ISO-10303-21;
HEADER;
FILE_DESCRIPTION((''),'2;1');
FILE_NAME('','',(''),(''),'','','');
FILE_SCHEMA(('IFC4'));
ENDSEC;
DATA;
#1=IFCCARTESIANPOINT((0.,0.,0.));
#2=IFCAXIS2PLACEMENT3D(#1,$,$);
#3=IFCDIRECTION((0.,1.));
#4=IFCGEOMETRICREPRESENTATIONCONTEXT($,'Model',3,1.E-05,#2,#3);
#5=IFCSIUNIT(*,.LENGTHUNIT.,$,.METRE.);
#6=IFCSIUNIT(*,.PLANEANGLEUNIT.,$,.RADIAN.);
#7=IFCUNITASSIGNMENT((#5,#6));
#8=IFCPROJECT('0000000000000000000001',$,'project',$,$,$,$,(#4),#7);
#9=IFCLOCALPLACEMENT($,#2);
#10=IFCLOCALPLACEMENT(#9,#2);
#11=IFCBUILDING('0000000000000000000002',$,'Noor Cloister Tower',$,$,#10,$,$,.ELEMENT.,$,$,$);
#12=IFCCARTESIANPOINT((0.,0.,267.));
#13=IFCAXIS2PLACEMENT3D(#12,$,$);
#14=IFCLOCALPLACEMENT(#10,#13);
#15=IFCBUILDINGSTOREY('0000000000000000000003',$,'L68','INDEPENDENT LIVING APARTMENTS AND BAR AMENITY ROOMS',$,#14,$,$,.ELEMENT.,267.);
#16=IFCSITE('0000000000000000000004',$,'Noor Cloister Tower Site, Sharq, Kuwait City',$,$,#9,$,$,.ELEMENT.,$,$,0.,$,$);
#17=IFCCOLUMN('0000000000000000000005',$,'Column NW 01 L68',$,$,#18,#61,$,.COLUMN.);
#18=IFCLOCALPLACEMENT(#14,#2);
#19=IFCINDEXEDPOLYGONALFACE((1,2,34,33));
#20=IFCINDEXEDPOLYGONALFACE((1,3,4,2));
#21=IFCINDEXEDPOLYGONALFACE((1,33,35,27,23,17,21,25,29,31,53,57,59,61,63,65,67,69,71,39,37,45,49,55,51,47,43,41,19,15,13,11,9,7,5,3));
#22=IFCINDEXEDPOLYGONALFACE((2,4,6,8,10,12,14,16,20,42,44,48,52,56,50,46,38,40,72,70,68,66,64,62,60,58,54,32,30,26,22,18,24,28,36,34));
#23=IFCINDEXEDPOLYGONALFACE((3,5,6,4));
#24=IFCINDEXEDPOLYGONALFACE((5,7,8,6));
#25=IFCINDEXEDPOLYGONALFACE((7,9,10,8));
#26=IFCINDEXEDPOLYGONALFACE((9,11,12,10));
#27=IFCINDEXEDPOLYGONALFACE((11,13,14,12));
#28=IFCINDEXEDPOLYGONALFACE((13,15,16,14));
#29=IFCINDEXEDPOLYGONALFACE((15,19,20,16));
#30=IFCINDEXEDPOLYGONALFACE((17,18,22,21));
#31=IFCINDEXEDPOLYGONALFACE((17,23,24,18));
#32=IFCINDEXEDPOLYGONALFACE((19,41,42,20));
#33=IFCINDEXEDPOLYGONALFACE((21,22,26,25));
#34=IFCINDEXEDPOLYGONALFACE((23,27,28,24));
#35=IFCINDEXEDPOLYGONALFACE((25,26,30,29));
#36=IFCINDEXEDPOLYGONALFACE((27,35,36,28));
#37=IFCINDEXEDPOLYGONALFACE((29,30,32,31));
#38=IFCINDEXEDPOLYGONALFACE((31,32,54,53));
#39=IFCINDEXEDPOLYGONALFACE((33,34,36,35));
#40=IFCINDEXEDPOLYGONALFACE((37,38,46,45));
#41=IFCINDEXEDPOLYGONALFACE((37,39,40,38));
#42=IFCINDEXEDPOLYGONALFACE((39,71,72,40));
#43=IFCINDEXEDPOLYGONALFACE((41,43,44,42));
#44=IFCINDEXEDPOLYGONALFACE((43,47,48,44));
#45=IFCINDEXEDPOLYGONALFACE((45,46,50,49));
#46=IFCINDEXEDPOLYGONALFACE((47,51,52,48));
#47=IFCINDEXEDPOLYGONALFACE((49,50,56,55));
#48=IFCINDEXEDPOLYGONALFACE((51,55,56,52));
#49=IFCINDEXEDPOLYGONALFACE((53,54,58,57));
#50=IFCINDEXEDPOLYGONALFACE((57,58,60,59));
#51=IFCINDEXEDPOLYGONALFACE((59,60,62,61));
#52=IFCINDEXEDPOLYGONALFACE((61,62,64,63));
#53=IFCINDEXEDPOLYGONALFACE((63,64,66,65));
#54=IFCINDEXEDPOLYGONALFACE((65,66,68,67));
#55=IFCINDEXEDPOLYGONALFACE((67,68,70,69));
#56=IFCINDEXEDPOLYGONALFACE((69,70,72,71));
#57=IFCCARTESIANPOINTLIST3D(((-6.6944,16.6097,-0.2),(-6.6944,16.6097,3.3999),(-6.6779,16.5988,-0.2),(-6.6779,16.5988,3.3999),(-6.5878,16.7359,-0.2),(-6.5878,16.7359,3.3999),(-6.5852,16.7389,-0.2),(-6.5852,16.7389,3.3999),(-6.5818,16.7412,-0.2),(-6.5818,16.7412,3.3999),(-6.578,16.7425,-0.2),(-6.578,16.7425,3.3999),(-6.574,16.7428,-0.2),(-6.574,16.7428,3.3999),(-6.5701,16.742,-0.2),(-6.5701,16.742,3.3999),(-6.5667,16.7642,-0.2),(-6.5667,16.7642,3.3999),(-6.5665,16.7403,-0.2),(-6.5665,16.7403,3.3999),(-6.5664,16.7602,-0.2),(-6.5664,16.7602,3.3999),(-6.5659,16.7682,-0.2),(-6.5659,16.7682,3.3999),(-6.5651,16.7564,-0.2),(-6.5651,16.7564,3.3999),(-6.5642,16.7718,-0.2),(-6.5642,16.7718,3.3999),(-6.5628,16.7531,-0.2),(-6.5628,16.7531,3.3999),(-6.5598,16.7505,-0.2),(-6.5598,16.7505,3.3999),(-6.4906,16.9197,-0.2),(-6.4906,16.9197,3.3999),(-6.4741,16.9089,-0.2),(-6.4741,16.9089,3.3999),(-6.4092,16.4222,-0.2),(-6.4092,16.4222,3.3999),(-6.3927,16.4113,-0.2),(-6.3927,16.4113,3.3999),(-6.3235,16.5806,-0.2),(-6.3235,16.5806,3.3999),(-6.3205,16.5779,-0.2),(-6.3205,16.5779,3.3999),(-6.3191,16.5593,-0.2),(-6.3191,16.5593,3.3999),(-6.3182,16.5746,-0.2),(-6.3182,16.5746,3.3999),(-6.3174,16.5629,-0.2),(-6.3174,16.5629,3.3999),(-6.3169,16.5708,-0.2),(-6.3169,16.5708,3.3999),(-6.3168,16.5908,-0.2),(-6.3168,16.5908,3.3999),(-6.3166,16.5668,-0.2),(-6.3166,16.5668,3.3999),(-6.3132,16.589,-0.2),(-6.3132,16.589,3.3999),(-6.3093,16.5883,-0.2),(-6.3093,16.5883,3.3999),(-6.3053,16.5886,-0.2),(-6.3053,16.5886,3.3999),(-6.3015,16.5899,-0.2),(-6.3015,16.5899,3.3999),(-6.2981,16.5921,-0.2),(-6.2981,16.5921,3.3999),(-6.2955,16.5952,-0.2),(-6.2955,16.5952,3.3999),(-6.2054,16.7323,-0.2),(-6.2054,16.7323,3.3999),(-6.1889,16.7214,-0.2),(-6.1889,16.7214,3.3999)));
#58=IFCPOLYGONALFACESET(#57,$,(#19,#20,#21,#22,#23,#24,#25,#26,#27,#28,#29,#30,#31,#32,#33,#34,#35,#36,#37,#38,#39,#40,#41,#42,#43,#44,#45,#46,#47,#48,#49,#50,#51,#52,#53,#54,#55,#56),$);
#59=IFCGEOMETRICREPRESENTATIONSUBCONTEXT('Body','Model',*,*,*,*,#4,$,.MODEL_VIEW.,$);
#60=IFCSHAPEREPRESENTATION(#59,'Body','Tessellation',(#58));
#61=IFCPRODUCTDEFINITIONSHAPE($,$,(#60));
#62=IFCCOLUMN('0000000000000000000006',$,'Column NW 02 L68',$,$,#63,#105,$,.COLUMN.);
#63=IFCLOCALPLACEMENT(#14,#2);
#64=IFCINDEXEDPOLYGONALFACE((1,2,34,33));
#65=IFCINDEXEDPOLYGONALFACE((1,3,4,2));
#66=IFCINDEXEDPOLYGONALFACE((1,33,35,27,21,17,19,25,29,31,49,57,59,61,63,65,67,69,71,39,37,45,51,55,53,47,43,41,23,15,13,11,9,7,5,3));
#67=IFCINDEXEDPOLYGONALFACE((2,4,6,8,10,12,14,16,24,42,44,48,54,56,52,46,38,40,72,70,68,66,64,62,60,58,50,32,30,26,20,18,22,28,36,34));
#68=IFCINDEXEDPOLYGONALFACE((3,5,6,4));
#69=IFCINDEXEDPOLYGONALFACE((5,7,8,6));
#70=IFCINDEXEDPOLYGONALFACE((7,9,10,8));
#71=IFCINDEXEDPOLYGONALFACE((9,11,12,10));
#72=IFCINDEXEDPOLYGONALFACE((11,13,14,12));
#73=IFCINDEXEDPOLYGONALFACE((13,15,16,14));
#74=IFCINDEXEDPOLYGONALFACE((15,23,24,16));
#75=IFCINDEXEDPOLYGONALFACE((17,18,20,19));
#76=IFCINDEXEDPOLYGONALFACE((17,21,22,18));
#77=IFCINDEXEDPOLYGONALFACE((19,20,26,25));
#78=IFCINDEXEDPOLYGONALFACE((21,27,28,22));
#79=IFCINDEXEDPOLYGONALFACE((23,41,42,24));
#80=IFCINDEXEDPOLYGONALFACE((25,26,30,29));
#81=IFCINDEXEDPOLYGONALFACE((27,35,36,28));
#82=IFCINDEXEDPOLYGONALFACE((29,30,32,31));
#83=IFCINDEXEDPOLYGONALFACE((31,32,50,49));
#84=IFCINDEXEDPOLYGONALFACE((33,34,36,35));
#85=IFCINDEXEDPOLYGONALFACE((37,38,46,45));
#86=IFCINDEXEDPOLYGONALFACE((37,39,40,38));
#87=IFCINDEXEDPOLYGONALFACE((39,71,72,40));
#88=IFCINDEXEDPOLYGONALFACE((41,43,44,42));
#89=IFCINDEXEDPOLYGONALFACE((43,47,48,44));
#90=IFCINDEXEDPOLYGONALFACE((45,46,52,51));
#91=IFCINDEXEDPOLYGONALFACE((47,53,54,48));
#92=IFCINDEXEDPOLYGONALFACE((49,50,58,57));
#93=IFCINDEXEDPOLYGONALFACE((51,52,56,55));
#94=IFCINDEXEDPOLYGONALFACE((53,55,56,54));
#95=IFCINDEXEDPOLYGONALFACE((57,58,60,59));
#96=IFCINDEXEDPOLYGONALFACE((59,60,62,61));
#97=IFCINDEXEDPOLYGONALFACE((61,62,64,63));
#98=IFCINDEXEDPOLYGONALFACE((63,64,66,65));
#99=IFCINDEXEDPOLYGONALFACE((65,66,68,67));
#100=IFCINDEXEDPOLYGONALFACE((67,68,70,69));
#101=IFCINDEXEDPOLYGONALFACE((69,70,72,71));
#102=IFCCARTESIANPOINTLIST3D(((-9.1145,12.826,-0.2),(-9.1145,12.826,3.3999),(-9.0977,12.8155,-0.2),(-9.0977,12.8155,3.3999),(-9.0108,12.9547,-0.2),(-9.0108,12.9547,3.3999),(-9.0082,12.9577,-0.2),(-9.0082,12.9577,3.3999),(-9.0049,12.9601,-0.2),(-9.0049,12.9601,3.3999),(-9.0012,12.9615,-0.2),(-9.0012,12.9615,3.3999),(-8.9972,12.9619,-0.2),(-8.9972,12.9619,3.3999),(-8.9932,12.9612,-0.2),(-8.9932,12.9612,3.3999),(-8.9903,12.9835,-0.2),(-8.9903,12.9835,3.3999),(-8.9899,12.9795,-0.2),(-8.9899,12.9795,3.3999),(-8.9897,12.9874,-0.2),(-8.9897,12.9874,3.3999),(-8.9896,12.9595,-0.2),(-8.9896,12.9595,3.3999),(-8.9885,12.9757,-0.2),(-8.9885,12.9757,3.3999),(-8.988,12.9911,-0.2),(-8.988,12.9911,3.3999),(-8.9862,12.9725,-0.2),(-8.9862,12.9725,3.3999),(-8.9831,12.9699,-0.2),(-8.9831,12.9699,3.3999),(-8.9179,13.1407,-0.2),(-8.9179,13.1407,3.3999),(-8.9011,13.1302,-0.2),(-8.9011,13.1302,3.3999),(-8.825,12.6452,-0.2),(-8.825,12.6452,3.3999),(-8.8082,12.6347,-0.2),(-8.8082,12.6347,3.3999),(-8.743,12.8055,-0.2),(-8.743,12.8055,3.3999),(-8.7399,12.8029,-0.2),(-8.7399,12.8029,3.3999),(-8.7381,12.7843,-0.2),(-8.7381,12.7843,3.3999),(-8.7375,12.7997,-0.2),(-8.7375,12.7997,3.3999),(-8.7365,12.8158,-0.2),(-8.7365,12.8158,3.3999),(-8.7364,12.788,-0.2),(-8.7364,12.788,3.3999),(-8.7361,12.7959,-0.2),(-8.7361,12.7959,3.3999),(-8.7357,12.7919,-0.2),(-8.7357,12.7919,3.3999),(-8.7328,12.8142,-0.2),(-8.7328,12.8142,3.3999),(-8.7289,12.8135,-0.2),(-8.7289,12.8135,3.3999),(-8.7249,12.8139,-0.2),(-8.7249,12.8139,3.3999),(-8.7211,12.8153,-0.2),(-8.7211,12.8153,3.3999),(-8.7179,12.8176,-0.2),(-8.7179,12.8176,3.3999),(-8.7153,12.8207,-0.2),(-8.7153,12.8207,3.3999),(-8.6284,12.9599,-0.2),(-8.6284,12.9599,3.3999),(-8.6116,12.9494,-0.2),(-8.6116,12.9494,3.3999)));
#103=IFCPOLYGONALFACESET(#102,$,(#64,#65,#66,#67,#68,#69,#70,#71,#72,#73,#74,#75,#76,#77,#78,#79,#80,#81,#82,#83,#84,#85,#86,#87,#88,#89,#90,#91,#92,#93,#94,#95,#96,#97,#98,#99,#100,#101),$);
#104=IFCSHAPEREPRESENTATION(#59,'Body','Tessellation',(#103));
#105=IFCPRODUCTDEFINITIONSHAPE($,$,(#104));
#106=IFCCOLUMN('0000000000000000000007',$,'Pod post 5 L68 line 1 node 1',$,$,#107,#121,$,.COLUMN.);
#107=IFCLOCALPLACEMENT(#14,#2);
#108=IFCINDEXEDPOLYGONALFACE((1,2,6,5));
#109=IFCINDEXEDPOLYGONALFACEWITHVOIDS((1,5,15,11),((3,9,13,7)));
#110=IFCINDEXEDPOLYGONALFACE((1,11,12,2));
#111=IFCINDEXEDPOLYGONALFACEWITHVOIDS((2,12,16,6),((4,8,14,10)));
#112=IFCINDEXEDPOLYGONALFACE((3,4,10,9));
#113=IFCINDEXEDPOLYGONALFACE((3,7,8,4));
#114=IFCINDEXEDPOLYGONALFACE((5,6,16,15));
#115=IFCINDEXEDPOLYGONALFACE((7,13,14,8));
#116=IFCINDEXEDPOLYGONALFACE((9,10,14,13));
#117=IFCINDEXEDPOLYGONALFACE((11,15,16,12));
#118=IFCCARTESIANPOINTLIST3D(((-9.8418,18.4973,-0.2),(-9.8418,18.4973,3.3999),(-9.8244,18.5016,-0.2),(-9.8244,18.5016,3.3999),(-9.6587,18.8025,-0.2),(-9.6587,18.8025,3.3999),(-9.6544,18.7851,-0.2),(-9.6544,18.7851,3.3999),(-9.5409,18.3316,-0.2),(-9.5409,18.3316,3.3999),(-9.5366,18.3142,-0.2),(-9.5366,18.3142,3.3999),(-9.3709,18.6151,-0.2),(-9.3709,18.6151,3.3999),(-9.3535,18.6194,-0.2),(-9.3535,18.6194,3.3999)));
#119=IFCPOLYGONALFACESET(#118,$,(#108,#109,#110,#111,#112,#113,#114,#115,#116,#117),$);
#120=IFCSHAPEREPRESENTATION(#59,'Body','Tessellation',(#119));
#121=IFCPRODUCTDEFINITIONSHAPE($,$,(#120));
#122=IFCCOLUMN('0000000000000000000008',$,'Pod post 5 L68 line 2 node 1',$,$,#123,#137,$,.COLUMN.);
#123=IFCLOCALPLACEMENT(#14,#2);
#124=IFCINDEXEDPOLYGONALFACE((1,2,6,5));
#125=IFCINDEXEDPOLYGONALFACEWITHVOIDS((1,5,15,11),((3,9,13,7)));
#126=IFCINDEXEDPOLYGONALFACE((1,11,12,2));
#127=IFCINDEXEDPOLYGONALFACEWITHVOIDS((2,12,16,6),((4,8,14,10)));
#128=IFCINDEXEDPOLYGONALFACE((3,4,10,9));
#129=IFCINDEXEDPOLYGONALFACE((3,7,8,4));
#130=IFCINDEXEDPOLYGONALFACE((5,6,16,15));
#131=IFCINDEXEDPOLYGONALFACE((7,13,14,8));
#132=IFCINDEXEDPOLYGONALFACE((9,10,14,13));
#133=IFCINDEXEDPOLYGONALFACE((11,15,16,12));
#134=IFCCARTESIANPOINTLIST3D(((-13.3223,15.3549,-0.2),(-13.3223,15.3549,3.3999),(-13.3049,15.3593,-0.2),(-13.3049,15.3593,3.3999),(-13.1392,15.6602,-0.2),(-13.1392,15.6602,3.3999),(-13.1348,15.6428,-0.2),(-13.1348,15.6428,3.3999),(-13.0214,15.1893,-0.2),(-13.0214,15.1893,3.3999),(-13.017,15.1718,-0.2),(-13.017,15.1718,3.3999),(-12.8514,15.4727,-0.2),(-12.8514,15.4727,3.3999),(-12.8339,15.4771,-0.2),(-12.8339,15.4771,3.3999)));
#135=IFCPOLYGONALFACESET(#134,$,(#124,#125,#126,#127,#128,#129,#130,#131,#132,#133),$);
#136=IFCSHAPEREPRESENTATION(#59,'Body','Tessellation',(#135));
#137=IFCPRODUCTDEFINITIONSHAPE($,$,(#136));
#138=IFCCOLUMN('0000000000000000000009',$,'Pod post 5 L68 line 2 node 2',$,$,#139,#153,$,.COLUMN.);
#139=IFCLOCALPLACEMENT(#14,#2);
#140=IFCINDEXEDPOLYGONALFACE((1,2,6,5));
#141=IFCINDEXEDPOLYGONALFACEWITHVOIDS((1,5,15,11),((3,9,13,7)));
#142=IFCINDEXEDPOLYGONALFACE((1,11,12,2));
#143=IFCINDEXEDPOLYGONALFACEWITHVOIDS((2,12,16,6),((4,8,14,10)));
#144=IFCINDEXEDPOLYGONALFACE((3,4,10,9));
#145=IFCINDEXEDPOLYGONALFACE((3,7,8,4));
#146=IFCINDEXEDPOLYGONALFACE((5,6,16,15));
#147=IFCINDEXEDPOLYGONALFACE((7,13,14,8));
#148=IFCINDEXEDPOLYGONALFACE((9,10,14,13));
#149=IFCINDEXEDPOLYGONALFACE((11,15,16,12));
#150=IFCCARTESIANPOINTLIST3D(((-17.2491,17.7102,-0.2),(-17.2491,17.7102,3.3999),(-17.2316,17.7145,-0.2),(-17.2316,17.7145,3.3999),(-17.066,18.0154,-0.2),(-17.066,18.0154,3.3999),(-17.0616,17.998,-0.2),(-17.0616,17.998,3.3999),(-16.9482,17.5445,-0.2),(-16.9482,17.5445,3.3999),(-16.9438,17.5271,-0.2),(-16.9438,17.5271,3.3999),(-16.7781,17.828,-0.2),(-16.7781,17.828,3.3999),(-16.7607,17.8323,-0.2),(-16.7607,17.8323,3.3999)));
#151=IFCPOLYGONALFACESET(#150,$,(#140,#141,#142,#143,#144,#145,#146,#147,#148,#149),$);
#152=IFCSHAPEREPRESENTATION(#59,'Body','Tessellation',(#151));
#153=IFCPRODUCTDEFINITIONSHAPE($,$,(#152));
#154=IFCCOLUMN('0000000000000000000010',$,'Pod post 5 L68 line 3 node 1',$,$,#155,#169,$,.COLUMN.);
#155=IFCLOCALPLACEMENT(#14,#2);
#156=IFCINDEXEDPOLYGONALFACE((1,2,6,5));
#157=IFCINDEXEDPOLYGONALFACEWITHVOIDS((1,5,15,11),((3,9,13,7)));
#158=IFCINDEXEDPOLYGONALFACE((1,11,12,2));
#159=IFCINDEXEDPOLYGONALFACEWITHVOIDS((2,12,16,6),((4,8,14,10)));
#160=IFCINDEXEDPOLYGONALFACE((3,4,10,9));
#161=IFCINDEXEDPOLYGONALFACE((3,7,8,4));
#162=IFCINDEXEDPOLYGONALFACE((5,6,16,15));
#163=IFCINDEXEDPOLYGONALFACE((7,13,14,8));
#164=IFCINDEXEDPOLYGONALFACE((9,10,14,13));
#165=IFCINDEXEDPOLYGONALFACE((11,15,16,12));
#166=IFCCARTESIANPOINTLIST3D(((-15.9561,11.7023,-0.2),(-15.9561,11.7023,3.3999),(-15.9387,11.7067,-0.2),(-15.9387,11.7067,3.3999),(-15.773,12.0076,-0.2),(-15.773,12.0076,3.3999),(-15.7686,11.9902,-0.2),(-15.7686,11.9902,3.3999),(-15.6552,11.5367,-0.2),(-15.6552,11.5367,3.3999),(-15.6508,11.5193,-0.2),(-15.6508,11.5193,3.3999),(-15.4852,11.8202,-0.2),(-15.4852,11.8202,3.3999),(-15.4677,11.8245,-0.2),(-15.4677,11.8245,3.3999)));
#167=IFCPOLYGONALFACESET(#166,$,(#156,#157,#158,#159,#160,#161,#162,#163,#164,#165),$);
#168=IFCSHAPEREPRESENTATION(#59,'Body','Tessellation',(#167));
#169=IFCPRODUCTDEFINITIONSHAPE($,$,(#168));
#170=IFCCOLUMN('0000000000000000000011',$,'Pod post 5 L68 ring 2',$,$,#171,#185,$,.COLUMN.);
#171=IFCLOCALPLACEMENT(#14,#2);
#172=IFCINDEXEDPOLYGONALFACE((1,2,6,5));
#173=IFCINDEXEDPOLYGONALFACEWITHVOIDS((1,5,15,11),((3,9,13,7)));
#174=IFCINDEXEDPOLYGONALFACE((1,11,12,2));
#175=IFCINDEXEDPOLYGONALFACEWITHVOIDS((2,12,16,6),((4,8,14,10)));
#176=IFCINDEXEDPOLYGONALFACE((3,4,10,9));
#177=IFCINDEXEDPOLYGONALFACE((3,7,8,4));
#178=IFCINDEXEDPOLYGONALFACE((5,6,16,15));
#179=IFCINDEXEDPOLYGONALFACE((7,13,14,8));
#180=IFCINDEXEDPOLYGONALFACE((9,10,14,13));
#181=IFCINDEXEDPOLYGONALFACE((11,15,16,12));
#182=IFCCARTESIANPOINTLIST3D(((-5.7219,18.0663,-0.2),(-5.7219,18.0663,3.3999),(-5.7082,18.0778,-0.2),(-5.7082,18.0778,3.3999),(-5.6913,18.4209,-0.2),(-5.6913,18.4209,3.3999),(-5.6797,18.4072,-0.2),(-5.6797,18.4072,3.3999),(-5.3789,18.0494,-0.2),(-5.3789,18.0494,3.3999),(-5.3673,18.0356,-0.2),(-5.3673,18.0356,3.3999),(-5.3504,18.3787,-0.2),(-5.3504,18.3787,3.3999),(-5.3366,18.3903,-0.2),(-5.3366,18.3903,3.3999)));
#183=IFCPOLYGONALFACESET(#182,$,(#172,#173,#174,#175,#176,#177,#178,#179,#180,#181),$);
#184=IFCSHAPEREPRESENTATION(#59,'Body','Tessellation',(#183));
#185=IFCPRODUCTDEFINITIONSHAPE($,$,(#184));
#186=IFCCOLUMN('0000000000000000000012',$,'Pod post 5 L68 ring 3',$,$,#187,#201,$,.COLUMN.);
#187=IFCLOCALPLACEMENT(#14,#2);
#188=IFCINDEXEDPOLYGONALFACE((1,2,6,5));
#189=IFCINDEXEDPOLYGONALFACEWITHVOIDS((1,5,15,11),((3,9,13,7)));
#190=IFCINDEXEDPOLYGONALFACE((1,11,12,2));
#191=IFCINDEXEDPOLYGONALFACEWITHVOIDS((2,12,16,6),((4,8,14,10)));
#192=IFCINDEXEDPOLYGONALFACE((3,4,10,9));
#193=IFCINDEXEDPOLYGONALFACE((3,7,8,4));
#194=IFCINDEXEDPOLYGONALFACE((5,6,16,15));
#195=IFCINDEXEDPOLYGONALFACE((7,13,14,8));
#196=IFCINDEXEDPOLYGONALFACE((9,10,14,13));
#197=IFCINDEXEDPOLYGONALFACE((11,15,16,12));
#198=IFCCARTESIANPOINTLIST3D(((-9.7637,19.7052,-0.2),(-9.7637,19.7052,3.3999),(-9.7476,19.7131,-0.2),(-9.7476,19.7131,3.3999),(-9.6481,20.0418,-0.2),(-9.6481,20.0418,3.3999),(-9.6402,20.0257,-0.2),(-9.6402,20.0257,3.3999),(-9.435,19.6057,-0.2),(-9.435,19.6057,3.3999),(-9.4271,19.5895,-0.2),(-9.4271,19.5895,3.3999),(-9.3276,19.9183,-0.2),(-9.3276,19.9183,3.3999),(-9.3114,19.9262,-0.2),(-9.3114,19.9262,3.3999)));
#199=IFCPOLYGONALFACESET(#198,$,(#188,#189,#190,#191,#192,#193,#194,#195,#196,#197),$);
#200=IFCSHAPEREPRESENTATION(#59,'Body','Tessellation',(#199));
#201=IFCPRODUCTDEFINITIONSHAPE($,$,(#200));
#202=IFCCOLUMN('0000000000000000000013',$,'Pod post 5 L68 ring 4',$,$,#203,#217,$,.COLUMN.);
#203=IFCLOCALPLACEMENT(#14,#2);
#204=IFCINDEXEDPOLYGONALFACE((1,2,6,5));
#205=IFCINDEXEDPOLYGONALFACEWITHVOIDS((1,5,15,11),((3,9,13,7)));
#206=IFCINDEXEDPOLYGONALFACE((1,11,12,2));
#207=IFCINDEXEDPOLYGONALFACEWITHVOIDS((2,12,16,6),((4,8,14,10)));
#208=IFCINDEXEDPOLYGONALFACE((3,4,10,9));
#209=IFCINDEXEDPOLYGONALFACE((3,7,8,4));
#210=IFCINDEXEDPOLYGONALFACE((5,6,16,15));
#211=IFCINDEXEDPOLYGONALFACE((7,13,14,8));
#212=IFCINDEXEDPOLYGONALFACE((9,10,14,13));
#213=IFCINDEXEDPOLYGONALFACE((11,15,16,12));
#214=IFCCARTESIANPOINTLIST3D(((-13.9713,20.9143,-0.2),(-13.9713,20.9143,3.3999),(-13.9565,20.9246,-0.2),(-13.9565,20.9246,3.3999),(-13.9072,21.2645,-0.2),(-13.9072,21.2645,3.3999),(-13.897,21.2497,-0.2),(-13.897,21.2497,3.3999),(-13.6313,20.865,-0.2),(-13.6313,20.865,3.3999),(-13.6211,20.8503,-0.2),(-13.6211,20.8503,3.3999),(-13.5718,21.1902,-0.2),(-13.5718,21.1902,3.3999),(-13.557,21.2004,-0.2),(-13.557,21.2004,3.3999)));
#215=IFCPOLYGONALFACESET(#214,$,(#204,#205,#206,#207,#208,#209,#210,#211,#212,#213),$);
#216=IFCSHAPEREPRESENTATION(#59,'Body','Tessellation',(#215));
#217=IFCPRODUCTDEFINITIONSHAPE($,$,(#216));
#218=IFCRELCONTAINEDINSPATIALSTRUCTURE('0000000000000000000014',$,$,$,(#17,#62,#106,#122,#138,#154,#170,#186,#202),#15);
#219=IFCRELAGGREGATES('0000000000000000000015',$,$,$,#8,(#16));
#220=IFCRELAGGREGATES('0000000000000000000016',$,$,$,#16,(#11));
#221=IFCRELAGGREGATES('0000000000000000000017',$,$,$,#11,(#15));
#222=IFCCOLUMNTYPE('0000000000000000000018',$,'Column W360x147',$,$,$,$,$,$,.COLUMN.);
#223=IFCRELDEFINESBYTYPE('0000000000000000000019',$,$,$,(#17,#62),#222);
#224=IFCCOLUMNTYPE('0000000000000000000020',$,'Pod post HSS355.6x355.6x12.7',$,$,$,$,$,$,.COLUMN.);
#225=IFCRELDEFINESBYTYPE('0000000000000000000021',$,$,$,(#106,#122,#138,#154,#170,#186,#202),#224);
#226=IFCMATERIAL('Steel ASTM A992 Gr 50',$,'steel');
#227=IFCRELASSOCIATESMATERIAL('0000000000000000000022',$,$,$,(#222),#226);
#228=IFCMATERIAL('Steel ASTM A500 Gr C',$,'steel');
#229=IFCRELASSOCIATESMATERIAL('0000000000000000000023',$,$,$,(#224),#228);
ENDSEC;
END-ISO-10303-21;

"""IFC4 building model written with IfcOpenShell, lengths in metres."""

from ifc_helpers import new_model, si_unit, direction, frame, origin, origin_2d, place, context, subcontext, project, spatial, hollow_rectangle, i_section, extrude, material, material_profile, profile_set, type_object, element, save


model = new_model("IFC4")

# Units and contexts
model_context = context("Model", 3, precision=1e-05, world=origin(), true_north=direction((0.0, 1.0)))
body_context = subcontext(model_context, "Body", "Model", "MODEL_VIEW")
ifc_project = project(units=[si_unit("LENGTHUNIT", "METRE"), si_unit("PLANEANGLEUNIT", "RADIAN")], contexts=[model_context])

# Site, building, storey
site_placement = place(None, origin())
site = spatial("IfcSite", under=ifc_project, at=site_placement, Name="Noor Cloister Tower Site, Sharq, Kuwait City", CompositionType="ELEMENT", RefElevation=0.0)
building_placement = place(site_placement, origin())
building = spatial("IfcBuilding", under=site, at=building_placement, Name="Noor Cloister Tower", CompositionType="ELEMENT")
storey_placement = place(building_placement, frame((0.0, 0.0, 267.0)))
storey = spatial("IfcBuildingStorey", under=building, at=storey_placement, Name="L68", Description="INDEPENDENT LIVING APARTMENTS AND BAR AMENITY ROOMS", CompositionType="ELEMENT", Elevation=267.0)

# Columns
ifc_material_1 = material(Name="Steel ASTM A992 Gr 50", Category="steel")
ifc_material_profile_1 = material_profile(ifc_material_1, i_section(OverallWidth=0.3711, OverallDepth=0.3611, WebThickness=0.0122, FlangeThickness=0.0198, FilletRadius=0.0154, at=origin_2d()), Name="W360x147")
ifc_profile_set_1 = profile_set([ifc_material_profile_1], Name="Steel ASTM A992 Gr 50")
column_type_1 = type_object("IfcColumnType", Name="Column W360x147", PredefinedType="COLUMN", material=ifc_profile_set_1)
for number, where, z_axis, x_axis, name in (
    (1, (-6.4417, 16.6655, -0.2), (0.0, 0.0, 1.0), (-0.549345, -0.835596, 0.0), "Column NW 01 L68"),
    (2, (-8.863, 12.8877, -0.2), (0.0, 0.0, 1.0), (-0.529819, -0.848111, 0.0), "Column NW 02 L68"),
):
    element("IfcColumn", number, at=place(storey_placement, frame(where, z_axis=z_axis, x_axis=x_axis)), inside=storey, type_object=column_type_1, Name=name, PredefinedType="COLUMN", context=body_context, shape_type="SweptSolid", body=[
        extrude(i_section(OverallWidth=0.3711, OverallDepth=0.3611, WebThickness=0.0122, FlangeThickness=0.0198, FilletRadius=0.0154, at=origin_2d()), origin(), (0.0, 0.0, 1.0), 3.5999),
    ])
ifc_material_2 = material(Name="Steel ASTM A500 Gr C", Category="steel")
ifc_material_profile_2 = material_profile(ifc_material_2, hollow_rectangle(XDim=0.356, YDim=0.356, WallThickness=0.0127, at=origin_2d()), Name="HSS355.6x355.6x12.7")
ifc_profile_set_2 = profile_set([ifc_material_profile_2], Name="Steel ASTM A500 Gr C")
column_type_2 = type_object("IfcColumnType", Name="Pod post HSS355.6x355.6x12.7", PredefinedType="COLUMN", material=ifc_profile_set_2)
for number, where, z_axis, x_axis, name in (
    (3, (-9.5977, 18.5583, -0.2), (0.0, 0.0, 1.0), (-0.857567, 0.514373, 0.0), "Pod post 5 L68 line 1 node 1"),
    (4, (-13.0781, 15.416, -0.2), (0.0, 0.0, 1.0), (-0.857567, 0.514373, 0.0), "Pod post 5 L68 line 2 node 1"),
    (5, (-17.0049, 17.7712, -0.2), (0.0, 0.0, 1.0), (-0.857567, 0.514373, 0.0), "Pod post 5 L68 line 2 node 2"),
    (6, (-15.7119, 11.7634, -0.2), (0.0, 0.0, 1.0), (-0.857567, 0.514373, 0.0), "Pod post 5 L68 line 3 node 1"),
    (7, (-5.5293, 18.2283, -0.2), (0.0, 0.0, 1.0), (-0.996284, 0.086134, 0.0), "Pod post 5 L68 ring 2"),
    (8, (-9.5376, 19.8157, -0.2), (0.0, 0.0, 1.0), (-0.945746, 0.324908, 0.0), "Pod post 5 L68 ring 3"),
    (9, (-13.7642, 21.0574, -0.2), (0.0, 0.0, 1.0), (-0.983656, 0.180056, 0.0), "Pod post 5 L68 ring 4"),
):
    element("IfcColumn", number, at=place(storey_placement, frame(where, z_axis=z_axis, x_axis=x_axis)), inside=storey, type_object=column_type_2, Name=name, PredefinedType="COLUMN", context=body_context, shape_type="SweptSolid", body=[
        extrude(hollow_rectangle(XDim=0.356, YDim=0.356, WallThickness=0.0127, at=origin_2d()), origin(), (0.0, 0.0, 1.0), 3.5999),
    ])

save(model, "model.ifc")
